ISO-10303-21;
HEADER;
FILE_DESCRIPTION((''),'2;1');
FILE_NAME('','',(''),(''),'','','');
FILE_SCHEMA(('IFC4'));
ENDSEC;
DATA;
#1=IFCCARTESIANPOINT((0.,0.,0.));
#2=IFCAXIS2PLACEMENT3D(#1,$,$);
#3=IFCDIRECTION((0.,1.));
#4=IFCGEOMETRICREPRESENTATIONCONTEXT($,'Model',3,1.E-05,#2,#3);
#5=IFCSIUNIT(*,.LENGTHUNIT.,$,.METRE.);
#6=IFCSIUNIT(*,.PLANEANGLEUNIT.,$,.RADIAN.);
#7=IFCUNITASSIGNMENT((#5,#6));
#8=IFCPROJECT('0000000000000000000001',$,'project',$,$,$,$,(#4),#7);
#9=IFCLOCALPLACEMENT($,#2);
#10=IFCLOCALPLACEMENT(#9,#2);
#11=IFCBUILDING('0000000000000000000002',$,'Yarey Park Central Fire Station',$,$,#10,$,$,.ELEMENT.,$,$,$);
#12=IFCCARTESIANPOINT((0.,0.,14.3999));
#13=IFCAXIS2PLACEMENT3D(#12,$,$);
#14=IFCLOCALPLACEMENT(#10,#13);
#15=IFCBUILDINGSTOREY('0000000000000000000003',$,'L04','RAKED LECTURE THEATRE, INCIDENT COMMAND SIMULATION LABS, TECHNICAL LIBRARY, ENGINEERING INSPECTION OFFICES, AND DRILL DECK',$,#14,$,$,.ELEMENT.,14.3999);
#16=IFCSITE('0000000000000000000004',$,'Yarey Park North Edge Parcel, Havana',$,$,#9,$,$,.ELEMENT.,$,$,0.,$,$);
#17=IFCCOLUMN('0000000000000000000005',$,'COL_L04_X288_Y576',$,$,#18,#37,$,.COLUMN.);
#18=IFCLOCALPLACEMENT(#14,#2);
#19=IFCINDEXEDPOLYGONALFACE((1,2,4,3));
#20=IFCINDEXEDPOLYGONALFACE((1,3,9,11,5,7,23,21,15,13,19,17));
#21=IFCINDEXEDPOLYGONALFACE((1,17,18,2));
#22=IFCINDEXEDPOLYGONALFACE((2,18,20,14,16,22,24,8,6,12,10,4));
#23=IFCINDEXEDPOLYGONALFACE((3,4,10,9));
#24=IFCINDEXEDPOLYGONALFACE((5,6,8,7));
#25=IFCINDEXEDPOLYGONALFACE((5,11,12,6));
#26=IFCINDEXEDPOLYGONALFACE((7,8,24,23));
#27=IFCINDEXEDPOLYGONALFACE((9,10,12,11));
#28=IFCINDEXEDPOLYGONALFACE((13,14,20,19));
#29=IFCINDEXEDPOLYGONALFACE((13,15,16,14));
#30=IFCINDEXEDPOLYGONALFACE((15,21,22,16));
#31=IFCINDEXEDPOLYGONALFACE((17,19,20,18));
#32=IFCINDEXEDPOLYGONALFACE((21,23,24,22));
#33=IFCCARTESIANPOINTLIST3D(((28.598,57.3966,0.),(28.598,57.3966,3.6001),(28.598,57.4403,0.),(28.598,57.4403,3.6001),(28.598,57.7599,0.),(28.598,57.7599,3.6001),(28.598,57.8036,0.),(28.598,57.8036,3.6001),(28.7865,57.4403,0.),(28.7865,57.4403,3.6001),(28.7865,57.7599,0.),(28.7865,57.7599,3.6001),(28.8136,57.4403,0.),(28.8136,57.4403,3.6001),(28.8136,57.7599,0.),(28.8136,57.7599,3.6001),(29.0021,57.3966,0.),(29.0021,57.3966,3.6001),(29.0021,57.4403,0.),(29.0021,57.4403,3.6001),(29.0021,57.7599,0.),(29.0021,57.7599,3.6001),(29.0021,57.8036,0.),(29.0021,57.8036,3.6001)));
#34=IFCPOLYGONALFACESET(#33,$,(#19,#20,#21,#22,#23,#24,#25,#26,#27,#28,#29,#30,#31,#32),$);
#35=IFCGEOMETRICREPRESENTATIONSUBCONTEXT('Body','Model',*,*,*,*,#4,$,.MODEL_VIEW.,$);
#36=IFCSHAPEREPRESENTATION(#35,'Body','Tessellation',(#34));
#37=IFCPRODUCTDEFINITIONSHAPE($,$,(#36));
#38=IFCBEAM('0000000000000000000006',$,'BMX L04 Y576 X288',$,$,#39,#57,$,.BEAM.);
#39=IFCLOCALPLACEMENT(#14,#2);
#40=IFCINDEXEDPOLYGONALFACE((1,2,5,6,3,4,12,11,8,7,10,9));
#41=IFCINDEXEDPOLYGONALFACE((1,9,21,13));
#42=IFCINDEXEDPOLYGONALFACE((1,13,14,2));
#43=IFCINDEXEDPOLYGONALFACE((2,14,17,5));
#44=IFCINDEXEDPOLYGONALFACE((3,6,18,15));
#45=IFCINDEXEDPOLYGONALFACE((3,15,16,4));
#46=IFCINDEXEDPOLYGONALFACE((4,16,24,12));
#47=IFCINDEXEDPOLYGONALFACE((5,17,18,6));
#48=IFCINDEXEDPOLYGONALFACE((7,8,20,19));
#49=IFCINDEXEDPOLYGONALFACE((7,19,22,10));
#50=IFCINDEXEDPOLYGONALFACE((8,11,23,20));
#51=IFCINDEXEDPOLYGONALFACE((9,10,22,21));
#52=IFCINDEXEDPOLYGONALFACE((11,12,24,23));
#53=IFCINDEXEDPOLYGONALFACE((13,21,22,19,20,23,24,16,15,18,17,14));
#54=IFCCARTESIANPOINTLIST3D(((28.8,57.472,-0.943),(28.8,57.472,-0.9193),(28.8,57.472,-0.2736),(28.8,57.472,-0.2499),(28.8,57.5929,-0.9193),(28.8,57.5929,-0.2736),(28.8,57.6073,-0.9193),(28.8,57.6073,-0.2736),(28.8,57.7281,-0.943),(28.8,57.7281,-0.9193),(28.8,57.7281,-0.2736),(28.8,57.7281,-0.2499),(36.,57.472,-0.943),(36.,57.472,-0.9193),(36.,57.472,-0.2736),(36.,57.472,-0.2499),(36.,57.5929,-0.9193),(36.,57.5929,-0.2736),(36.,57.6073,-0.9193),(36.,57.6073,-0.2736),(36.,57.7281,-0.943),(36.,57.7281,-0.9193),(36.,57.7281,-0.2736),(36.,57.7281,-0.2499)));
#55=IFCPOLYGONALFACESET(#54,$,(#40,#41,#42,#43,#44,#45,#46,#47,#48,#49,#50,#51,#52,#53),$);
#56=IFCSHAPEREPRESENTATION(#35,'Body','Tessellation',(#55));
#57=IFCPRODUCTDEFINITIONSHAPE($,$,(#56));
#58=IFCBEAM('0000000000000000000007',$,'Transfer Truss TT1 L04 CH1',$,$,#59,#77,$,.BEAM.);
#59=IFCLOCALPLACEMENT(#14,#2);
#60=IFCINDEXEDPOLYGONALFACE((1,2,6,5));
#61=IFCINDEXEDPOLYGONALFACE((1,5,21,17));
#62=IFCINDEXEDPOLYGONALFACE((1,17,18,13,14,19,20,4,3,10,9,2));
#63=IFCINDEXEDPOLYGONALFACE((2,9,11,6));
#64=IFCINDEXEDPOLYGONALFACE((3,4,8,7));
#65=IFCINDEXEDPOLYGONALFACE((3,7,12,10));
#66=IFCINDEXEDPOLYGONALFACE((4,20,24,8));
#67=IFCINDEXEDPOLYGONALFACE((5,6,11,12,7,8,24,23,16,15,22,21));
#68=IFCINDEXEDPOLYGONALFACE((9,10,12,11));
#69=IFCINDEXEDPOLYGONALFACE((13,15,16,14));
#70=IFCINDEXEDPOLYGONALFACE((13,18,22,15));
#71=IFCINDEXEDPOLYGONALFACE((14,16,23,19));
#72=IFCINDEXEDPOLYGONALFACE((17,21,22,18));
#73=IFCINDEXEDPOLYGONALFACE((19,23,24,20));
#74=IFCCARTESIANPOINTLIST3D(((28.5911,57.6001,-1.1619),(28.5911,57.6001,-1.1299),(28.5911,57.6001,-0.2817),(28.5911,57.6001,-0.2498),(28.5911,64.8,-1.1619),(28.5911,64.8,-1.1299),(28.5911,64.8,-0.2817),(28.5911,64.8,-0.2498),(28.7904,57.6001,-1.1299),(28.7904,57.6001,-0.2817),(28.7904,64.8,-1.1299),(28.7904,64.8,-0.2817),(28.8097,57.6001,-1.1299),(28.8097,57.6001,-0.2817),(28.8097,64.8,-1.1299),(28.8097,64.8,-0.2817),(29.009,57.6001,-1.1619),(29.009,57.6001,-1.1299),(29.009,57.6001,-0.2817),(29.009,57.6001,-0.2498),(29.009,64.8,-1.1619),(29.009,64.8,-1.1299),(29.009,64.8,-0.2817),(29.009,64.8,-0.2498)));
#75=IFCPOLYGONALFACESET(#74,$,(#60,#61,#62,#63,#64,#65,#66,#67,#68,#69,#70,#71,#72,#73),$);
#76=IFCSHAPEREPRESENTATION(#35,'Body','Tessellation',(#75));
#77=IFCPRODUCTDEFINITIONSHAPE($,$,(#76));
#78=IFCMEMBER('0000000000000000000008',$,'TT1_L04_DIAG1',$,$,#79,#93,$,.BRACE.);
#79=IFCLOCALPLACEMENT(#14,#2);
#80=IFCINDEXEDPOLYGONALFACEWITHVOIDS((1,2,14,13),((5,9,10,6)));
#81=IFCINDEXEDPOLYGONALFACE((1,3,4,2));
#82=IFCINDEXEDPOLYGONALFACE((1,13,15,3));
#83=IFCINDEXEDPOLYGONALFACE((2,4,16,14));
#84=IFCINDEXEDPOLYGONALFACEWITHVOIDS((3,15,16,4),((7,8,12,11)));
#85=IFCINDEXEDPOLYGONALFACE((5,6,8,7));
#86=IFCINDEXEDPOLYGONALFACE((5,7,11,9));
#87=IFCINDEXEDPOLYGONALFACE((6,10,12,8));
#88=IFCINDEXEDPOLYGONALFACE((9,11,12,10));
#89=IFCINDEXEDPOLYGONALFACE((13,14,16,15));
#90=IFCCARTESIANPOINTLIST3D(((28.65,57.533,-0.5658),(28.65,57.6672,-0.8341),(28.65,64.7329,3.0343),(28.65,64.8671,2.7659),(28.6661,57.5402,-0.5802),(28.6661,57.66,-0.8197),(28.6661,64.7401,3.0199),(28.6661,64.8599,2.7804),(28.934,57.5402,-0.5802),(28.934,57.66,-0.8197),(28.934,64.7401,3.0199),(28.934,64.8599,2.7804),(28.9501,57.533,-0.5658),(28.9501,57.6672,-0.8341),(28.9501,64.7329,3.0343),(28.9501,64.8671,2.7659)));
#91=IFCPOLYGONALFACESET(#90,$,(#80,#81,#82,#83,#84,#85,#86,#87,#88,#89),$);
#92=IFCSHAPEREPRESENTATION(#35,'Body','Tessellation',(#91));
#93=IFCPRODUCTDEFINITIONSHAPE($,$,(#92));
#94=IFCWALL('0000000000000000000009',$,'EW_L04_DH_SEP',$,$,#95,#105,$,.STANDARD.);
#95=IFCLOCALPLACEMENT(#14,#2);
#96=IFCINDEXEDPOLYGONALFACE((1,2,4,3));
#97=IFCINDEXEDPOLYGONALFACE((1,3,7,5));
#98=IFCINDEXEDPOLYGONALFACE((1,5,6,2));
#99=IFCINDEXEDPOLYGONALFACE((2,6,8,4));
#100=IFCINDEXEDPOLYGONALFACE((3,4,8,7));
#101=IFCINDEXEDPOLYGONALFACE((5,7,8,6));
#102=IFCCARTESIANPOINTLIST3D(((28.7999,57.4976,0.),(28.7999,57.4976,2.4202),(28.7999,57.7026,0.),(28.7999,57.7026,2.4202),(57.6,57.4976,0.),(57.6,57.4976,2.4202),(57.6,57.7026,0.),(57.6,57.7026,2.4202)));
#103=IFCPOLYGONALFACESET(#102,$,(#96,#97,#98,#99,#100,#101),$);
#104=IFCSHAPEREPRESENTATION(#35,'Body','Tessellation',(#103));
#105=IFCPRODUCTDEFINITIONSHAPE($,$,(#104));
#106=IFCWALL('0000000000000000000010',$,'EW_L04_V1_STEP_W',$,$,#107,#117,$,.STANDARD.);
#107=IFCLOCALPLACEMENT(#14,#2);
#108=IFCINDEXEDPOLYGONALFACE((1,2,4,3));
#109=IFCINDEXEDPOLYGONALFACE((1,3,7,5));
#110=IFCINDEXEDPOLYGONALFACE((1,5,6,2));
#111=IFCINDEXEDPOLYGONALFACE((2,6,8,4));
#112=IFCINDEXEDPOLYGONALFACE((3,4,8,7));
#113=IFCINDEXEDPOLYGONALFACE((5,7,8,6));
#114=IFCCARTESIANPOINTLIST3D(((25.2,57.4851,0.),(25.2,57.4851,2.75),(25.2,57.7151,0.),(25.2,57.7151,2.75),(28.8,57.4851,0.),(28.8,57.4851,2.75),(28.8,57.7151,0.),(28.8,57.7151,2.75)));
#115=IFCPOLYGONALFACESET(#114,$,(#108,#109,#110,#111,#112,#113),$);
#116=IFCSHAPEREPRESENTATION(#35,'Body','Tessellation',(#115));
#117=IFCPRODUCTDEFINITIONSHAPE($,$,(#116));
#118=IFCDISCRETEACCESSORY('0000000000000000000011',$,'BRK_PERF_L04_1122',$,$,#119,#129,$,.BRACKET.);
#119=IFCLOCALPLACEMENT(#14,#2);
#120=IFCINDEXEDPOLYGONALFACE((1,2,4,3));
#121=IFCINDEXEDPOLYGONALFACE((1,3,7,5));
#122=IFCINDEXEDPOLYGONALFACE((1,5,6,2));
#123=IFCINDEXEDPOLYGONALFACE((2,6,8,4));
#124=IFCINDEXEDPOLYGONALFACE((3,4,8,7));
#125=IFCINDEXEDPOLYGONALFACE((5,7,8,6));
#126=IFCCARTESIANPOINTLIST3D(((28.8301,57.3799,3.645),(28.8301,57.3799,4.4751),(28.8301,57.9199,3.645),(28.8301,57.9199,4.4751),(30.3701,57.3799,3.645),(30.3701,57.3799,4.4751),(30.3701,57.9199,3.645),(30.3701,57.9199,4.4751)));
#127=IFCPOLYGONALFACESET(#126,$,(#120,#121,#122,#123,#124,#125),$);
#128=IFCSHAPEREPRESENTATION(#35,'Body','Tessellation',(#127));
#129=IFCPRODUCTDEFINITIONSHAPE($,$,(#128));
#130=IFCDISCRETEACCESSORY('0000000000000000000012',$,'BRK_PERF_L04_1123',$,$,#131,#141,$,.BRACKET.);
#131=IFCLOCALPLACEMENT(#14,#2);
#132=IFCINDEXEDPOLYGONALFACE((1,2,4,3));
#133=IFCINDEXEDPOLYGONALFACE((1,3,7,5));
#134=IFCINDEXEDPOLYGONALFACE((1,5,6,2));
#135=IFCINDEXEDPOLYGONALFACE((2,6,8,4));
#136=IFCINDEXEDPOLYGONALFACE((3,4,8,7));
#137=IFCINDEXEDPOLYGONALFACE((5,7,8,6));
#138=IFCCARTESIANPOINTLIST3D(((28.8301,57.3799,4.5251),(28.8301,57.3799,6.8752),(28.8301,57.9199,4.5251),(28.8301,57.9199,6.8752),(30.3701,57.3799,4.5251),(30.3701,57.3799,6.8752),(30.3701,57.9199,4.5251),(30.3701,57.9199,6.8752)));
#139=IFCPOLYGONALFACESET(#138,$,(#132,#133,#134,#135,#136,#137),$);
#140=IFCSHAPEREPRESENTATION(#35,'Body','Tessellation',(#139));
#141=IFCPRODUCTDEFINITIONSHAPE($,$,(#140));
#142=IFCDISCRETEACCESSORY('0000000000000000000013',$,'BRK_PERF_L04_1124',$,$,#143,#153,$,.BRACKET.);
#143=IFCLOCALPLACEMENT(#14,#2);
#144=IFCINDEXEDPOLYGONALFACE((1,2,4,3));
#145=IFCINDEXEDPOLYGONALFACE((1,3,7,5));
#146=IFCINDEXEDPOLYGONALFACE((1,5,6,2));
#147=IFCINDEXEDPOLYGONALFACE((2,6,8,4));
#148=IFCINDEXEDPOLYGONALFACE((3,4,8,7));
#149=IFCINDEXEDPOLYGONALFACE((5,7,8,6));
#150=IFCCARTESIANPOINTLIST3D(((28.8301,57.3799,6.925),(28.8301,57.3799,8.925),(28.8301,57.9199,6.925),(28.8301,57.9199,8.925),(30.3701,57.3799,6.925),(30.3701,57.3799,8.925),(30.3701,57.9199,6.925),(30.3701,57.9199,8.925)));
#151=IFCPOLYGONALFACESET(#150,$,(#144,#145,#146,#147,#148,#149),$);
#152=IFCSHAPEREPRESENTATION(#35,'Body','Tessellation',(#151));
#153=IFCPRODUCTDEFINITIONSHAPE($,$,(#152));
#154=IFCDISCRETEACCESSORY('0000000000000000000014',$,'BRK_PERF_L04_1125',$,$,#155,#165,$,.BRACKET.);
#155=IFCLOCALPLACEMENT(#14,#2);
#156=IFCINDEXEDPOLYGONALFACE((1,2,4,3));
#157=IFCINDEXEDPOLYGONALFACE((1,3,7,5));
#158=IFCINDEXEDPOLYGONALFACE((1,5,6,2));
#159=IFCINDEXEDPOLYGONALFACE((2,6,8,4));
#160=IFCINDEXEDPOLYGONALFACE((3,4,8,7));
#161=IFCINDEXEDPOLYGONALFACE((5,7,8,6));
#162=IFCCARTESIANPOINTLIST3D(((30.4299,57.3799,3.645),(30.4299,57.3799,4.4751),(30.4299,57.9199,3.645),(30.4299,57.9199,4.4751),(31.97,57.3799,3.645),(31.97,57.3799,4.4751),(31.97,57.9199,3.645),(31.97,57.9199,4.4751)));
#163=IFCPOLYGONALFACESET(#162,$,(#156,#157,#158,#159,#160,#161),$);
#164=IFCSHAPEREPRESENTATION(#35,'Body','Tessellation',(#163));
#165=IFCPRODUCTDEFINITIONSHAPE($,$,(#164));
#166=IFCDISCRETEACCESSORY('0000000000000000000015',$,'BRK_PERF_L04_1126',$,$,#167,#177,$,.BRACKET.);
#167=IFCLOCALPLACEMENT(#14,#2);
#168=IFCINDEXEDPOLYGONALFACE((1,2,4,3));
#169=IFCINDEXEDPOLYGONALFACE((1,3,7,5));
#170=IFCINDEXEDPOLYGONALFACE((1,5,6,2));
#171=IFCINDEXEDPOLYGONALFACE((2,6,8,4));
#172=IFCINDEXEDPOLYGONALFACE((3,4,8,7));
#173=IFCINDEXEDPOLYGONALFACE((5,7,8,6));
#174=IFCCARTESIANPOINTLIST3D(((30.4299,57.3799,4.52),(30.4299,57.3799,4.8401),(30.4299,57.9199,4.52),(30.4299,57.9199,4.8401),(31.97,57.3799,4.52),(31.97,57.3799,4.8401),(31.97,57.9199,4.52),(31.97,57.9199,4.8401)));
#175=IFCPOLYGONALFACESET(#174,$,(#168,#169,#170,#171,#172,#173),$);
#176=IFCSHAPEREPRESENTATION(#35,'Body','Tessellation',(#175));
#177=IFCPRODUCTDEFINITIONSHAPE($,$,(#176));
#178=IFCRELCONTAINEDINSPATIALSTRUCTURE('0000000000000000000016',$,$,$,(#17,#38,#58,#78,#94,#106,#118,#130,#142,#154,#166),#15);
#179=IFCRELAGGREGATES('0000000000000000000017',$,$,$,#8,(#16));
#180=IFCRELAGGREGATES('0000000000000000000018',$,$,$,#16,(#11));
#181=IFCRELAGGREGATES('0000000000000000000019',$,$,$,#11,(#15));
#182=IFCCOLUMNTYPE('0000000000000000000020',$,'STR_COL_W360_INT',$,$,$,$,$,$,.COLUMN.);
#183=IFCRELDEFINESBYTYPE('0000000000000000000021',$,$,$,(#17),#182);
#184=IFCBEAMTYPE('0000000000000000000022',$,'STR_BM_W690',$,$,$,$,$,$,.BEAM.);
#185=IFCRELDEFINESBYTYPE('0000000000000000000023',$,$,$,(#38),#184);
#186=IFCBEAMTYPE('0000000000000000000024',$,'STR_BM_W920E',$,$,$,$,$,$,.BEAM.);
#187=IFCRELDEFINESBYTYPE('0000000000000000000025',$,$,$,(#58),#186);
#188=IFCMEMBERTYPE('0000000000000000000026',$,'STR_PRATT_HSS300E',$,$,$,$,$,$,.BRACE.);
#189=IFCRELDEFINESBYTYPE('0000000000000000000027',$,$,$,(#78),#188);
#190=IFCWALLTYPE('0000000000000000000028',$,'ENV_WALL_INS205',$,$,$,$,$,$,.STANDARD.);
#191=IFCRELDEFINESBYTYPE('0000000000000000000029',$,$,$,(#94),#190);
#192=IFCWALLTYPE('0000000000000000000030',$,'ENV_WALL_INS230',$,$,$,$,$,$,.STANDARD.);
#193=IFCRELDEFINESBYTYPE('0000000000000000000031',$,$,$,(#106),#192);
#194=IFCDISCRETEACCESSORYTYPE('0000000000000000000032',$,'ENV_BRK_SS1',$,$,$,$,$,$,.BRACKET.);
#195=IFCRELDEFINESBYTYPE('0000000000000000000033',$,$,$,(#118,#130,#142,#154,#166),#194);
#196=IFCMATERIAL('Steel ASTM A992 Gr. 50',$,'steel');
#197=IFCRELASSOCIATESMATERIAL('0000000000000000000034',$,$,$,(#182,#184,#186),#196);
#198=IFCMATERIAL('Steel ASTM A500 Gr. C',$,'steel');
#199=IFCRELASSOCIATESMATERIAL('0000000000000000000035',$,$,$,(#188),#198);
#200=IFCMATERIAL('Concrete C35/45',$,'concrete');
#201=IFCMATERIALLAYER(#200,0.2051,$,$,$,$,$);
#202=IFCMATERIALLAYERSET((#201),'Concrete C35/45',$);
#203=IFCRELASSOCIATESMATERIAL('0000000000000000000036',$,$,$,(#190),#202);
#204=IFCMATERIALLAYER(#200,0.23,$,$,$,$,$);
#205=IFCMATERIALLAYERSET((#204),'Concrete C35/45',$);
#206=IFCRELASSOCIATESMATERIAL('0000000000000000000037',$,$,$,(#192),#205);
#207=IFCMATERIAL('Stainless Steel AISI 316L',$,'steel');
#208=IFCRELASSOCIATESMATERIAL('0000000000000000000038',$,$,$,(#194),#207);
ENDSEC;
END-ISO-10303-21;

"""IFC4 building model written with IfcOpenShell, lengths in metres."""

from ifc_helpers import new_model, si_unit, direction, frame, frame_2d, origin, origin_2d, place, context, subcontext, project, spatial, rectangle, hollow_rectangle, i_section, extrude, material, layer, layer_set, material_profile, profile_set, type_object, element, save


model = new_model("IFC4")

# Units and contexts
model_context = context("Model", 3, precision=1e-05, world=origin(), true_north=direction((0.0, 1.0)))
body_context = subcontext(model_context, "Body", "Model", "MODEL_VIEW")
ifc_project = project(units=[si_unit("LENGTHUNIT", "METRE"), si_unit("PLANEANGLEUNIT", "RADIAN")], contexts=[model_context])

# Site, building, storey
site_placement = place(None, origin())
site = spatial("IfcSite", under=ifc_project, at=site_placement, Name="Yarey Park North Edge Parcel, Havana", CompositionType="ELEMENT", RefElevation=0.0)
building_placement = place(site_placement, origin())
building = spatial("IfcBuilding", under=site, at=building_placement, Name="Yarey Park Central Fire Station", CompositionType="ELEMENT")
storey_placement = place(building_placement, frame((0.0, 0.0, 14.3999)))
storey = spatial("IfcBuildingStorey", under=building, at=storey_placement, Name="L04", Description="RAKED LECTURE THEATRE, INCIDENT COMMAND SIMULATION LABS, TECHNICAL LIBRARY, ENGINEERING INSPECTION OFFICES, AND DRILL DECK", CompositionType="ELEMENT", Elevation=14.3999)

# Column
ifc_material_1 = material(Name="Steel ASTM A992 Gr. 50", Category="steel")
ifc_material_profile_1 = material_profile(ifc_material_1, i_section(OverallWidth=0.4041, OverallDepth=0.407, WebThickness=0.0271, FlangeThickness=0.0437, at=origin_2d()), Name="W360x347")
ifc_profile_set_1 = profile_set([ifc_material_profile_1], Name="Steel ASTM A992 Gr. 50")
column_type = type_object("IfcColumnType", Name="STR_COL_W360_INT", PredefinedType="COLUMN", material=ifc_profile_set_1)
column_placement = place(storey_placement, frame((28.8, 57.6001, 0.0), z_axis=(0.0, 0.0, 1.0), x_axis=(1.0, 0.0, 0.0)))
element("IfcColumn", 1, at=column_placement, inside=storey, type_object=column_type, Name="COL_L04_X288_Y576", PredefinedType="COLUMN", context=body_context, shape_type="SweptSolid", body=[
    extrude(i_section(OverallWidth=0.4041, OverallDepth=0.407, WebThickness=0.0271, FlangeThickness=0.0437, at=origin_2d()), origin(), (0.0, 0.0, 1.0), 3.6001),
])

# Beams
ifc_material_profile_2 = material_profile(ifc_material_1, i_section(OverallWidth=0.2561, OverallDepth=0.6931, WebThickness=0.0144, FlangeThickness=0.0237, at=origin_2d()), Name="W690x170")
ifc_profile_set_2 = profile_set([ifc_material_profile_2], Name="Steel ASTM A992 Gr. 50")
beam_type_1 = type_object("IfcBeamType", Name="STR_BM_W690", PredefinedType="BEAM", material=ifc_profile_set_2)
beam_1_placement = place(storey_placement, frame((28.8, 57.6001, -0.5964), z_axis=(1.0, 0.0, 0.0), x_axis=(0.0, 1.0, 0.0)))
element("IfcBeam", 2, at=beam_1_placement, inside=storey, type_object=beam_type_1, Name="BMX L04 Y576 X288", PredefinedType="BEAM", context=body_context, shape_type="SweptSolid", body=[
    extrude(i_section(OverallWidth=0.2561, OverallDepth=0.6931, WebThickness=0.0144, FlangeThickness=0.0237, at=origin_2d()), origin(), (0.0, 0.0, 1.0), 7.2),
])
ifc_material_profile_3 = material_profile(ifc_material_1, i_section(OverallWidth=0.418, OverallDepth=0.9121, WebThickness=0.0193, FlangeThickness=0.032, at=origin_2d()), Name="W920x342")
ifc_profile_set_3 = profile_set([ifc_material_profile_3], Name="Steel ASTM A992 Gr. 50")
beam_type_2 = type_object("IfcBeamType", Name="STR_BM_W920E", PredefinedType="BEAM", material=ifc_profile_set_3)
beam_2_placement = place(storey_placement, frame((28.8, 57.6001, -0.7058), z_axis=(0.0, 1.0, 0.0), x_axis=(-1.0, 0.0, 0.0)))
element("IfcBeam", 3, at=beam_2_placement, inside=storey, type_object=beam_type_2, Name="Transfer Truss TT1 L04 CH1", PredefinedType="BEAM", context=body_context, shape_type="SweptSolid", body=[
    extrude(i_section(OverallWidth=0.418, OverallDepth=0.9121, WebThickness=0.0193, FlangeThickness=0.032, at=origin_2d()), origin(), (0.0, 0.0, 1.0), 7.2),
])

# Member
ifc_material_2 = material(Name="Steel ASTM A500 Gr. C", Category="steel")
ifc_material_profile_4 = material_profile(ifc_material_2, hollow_rectangle(XDim=0.3, YDim=0.3, WallThickness=0.0161, at=origin_2d()), Name="HSS 300x300x16")
ifc_profile_set_4 = profile_set([ifc_material_profile_4], Name="Steel ASTM A500 Gr. C")
member_type = type_object("IfcMemberType", Name="STR_PRATT_HSS300E", PredefinedType="BRACE", material=ifc_profile_set_4)
member_placement = place(storey_placement, frame((28.8, 57.6001, -0.7), z_axis=(0.0, 0.894421, 0.447226), x_axis=(-1.0, 0.0, 0.0)))
element("IfcMember", 4, at=member_placement, inside=storey, type_object=member_type, Name="TT1_L04_DIAG1", PredefinedType="BRACE", context=body_context, shape_type="SweptSolid", body=[
    extrude(hollow_rectangle(XDim=0.3, YDim=0.3, WallThickness=0.0161, at=origin_2d()), origin(), (0.0, 0.0, 1.0), 8.0498),
])

# Walls
ifc_material_3 = material(Name="Concrete C35/45", Category="concrete")
ifc_layer_1 = layer(ifc_material_3, 0.2051)
ifc_layer_set_1 = layer_set([ifc_layer_1], Name="Concrete C35/45")
wall_type_1 = type_object("IfcWallType", Name="ENV_WALL_INS205", PredefinedType="STANDARD", material=ifc_layer_set_1)
wall_1_placement = place(storey_placement, frame((28.8, 57.6001, 0.0), z_axis=(0.0, 0.0, 1.0), x_axis=(1.0, 0.0, 0.0)))
element("IfcWall", 5, at=wall_1_placement, inside=storey, type_object=wall_type_1, Name="EW_L04_DH_SEP", PredefinedType="STANDARD", context=body_context, shape_type="SweptSolid", body=[
    extrude(rectangle(XDim=28.8, YDim=0.2051, at=frame_2d((14.3999, 0.0))), origin(), (0.0, 0.0, 1.0), 2.4202),
])
ifc_layer_2 = layer(ifc_material_3, 0.23)
ifc_layer_set_2 = layer_set([ifc_layer_2], Name="Concrete C35/45")
wall_type_2 = type_object("IfcWallType", Name="ENV_WALL_INS230", PredefinedType="STANDARD", material=ifc_layer_set_2)
wall_2_placement = place(storey_placement, frame((28.8, 57.6001, 0.0), z_axis=(0.0, 0.0, 1.0), x_axis=(-1.0, 0.0, 0.0)))
element("IfcWall", 6, at=wall_2_placement, inside=storey, type_object=wall_type_2, Name="EW_L04_V1_STEP_W", PredefinedType="STANDARD", context=body_context, shape_type="SweptSolid", body=[
    extrude(rectangle(XDim=3.6001, YDim=0.23, at=frame_2d((1.8, 0.0))), origin(), (0.0, 0.0, 1.0), 2.75),
])

# Discrete accessories
ifc_material_4 = material(Name="Stainless Steel AISI 316L", Category="steel")
discrete_accessory_type = type_object("IfcDiscreteAccessoryType", Name="ENV_BRK_SS1", PredefinedType="BRACKET", material=ifc_material_4)
discrete_accessory_1_placement = place(storey_placement, frame((29.6001, 57.6499, 3.645), z_axis=(0.0, 0.0, 1.0), x_axis=(1.0, 0.0, 0.0)))
element("IfcDiscreteAccessory", 7, at=discrete_accessory_1_placement, inside=storey, type_object=discrete_accessory_type, Name="BRK_PERF_L04_1122", PredefinedType="BRACKET", context=body_context, shape_type="SweptSolid", body=[
    extrude(rectangle(XDim=1.54, YDim=0.54, at=origin_2d()), origin(), (0.0, 0.0, 1.0), 0.8301),
])
discrete_accessory_2_placement = place(storey_placement, frame((29.6001, 57.6499, 4.5251), z_axis=(0.0, 0.0, 1.0), x_axis=(1.0, 0.0, 0.0)))
element("IfcDiscreteAccessory", 8, at=discrete_accessory_2_placement, inside=storey, type_object=discrete_accessory_type, Name="BRK_PERF_L04_1123", PredefinedType="BRACKET", context=body_context, shape_type="SweptSolid", body=[
    extrude(rectangle(XDim=1.54, YDim=0.54, at=origin_2d()), origin(), (0.0, 0.0, 1.0), 2.3501),
])
discrete_accessory_3_placement = place(storey_placement, frame((29.6001, 57.6499, 6.925), z_axis=(0.0, 0.0, 1.0), x_axis=(1.0, 0.0, 0.0)))
element("IfcDiscreteAccessory", 9, at=discrete_accessory_3_placement, inside=storey, type_object=discrete_accessory_type, Name="BRK_PERF_L04_1124", PredefinedType="BRACKET", context=body_context, shape_type="SweptSolid", body=[
    extrude(rectangle(XDim=1.54, YDim=0.54, at=origin_2d()), origin(), (0.0, 0.0, 1.0), 2.0),
])
discrete_accessory_4_placement = place(storey_placement, frame((31.2, 57.6499, 3.645), z_axis=(0.0, 0.0, 1.0), x_axis=(1.0, 0.0, 0.0)))
element("IfcDiscreteAccessory", 10, at=discrete_accessory_4_placement, inside=storey, type_object=discrete_accessory_type, Name="BRK_PERF_L04_1125", PredefinedType="BRACKET", context=body_context, shape_type="SweptSolid", body=[
    extrude(rectangle(XDim=1.54, YDim=0.54, at=origin_2d()), origin(), (0.0, 0.0, 1.0), 0.8301),
])
for number, where, z_axis, x_axis, name in (
    (11, (31.2, 57.6499, 4.52), (0.0, 0.0, 1.0), (1.0, 0.0, 0.0), "BRK_PERF_L04_1126"),
):
    element("IfcDiscreteAccessory", number, at=place(storey_placement, frame(where, z_axis=z_axis, x_axis=x_axis)), inside=storey, type_object=discrete_accessory_type, Name=name, PredefinedType="BRACKET", context=body_context, shape_type="SweptSolid", body=[
        extrude(rectangle(XDim=1.54, YDim=0.54, at=origin_2d()), origin(), (0.0, 0.0, 1.0), 0.3201),
    ])

save(model, "model.ifc")
